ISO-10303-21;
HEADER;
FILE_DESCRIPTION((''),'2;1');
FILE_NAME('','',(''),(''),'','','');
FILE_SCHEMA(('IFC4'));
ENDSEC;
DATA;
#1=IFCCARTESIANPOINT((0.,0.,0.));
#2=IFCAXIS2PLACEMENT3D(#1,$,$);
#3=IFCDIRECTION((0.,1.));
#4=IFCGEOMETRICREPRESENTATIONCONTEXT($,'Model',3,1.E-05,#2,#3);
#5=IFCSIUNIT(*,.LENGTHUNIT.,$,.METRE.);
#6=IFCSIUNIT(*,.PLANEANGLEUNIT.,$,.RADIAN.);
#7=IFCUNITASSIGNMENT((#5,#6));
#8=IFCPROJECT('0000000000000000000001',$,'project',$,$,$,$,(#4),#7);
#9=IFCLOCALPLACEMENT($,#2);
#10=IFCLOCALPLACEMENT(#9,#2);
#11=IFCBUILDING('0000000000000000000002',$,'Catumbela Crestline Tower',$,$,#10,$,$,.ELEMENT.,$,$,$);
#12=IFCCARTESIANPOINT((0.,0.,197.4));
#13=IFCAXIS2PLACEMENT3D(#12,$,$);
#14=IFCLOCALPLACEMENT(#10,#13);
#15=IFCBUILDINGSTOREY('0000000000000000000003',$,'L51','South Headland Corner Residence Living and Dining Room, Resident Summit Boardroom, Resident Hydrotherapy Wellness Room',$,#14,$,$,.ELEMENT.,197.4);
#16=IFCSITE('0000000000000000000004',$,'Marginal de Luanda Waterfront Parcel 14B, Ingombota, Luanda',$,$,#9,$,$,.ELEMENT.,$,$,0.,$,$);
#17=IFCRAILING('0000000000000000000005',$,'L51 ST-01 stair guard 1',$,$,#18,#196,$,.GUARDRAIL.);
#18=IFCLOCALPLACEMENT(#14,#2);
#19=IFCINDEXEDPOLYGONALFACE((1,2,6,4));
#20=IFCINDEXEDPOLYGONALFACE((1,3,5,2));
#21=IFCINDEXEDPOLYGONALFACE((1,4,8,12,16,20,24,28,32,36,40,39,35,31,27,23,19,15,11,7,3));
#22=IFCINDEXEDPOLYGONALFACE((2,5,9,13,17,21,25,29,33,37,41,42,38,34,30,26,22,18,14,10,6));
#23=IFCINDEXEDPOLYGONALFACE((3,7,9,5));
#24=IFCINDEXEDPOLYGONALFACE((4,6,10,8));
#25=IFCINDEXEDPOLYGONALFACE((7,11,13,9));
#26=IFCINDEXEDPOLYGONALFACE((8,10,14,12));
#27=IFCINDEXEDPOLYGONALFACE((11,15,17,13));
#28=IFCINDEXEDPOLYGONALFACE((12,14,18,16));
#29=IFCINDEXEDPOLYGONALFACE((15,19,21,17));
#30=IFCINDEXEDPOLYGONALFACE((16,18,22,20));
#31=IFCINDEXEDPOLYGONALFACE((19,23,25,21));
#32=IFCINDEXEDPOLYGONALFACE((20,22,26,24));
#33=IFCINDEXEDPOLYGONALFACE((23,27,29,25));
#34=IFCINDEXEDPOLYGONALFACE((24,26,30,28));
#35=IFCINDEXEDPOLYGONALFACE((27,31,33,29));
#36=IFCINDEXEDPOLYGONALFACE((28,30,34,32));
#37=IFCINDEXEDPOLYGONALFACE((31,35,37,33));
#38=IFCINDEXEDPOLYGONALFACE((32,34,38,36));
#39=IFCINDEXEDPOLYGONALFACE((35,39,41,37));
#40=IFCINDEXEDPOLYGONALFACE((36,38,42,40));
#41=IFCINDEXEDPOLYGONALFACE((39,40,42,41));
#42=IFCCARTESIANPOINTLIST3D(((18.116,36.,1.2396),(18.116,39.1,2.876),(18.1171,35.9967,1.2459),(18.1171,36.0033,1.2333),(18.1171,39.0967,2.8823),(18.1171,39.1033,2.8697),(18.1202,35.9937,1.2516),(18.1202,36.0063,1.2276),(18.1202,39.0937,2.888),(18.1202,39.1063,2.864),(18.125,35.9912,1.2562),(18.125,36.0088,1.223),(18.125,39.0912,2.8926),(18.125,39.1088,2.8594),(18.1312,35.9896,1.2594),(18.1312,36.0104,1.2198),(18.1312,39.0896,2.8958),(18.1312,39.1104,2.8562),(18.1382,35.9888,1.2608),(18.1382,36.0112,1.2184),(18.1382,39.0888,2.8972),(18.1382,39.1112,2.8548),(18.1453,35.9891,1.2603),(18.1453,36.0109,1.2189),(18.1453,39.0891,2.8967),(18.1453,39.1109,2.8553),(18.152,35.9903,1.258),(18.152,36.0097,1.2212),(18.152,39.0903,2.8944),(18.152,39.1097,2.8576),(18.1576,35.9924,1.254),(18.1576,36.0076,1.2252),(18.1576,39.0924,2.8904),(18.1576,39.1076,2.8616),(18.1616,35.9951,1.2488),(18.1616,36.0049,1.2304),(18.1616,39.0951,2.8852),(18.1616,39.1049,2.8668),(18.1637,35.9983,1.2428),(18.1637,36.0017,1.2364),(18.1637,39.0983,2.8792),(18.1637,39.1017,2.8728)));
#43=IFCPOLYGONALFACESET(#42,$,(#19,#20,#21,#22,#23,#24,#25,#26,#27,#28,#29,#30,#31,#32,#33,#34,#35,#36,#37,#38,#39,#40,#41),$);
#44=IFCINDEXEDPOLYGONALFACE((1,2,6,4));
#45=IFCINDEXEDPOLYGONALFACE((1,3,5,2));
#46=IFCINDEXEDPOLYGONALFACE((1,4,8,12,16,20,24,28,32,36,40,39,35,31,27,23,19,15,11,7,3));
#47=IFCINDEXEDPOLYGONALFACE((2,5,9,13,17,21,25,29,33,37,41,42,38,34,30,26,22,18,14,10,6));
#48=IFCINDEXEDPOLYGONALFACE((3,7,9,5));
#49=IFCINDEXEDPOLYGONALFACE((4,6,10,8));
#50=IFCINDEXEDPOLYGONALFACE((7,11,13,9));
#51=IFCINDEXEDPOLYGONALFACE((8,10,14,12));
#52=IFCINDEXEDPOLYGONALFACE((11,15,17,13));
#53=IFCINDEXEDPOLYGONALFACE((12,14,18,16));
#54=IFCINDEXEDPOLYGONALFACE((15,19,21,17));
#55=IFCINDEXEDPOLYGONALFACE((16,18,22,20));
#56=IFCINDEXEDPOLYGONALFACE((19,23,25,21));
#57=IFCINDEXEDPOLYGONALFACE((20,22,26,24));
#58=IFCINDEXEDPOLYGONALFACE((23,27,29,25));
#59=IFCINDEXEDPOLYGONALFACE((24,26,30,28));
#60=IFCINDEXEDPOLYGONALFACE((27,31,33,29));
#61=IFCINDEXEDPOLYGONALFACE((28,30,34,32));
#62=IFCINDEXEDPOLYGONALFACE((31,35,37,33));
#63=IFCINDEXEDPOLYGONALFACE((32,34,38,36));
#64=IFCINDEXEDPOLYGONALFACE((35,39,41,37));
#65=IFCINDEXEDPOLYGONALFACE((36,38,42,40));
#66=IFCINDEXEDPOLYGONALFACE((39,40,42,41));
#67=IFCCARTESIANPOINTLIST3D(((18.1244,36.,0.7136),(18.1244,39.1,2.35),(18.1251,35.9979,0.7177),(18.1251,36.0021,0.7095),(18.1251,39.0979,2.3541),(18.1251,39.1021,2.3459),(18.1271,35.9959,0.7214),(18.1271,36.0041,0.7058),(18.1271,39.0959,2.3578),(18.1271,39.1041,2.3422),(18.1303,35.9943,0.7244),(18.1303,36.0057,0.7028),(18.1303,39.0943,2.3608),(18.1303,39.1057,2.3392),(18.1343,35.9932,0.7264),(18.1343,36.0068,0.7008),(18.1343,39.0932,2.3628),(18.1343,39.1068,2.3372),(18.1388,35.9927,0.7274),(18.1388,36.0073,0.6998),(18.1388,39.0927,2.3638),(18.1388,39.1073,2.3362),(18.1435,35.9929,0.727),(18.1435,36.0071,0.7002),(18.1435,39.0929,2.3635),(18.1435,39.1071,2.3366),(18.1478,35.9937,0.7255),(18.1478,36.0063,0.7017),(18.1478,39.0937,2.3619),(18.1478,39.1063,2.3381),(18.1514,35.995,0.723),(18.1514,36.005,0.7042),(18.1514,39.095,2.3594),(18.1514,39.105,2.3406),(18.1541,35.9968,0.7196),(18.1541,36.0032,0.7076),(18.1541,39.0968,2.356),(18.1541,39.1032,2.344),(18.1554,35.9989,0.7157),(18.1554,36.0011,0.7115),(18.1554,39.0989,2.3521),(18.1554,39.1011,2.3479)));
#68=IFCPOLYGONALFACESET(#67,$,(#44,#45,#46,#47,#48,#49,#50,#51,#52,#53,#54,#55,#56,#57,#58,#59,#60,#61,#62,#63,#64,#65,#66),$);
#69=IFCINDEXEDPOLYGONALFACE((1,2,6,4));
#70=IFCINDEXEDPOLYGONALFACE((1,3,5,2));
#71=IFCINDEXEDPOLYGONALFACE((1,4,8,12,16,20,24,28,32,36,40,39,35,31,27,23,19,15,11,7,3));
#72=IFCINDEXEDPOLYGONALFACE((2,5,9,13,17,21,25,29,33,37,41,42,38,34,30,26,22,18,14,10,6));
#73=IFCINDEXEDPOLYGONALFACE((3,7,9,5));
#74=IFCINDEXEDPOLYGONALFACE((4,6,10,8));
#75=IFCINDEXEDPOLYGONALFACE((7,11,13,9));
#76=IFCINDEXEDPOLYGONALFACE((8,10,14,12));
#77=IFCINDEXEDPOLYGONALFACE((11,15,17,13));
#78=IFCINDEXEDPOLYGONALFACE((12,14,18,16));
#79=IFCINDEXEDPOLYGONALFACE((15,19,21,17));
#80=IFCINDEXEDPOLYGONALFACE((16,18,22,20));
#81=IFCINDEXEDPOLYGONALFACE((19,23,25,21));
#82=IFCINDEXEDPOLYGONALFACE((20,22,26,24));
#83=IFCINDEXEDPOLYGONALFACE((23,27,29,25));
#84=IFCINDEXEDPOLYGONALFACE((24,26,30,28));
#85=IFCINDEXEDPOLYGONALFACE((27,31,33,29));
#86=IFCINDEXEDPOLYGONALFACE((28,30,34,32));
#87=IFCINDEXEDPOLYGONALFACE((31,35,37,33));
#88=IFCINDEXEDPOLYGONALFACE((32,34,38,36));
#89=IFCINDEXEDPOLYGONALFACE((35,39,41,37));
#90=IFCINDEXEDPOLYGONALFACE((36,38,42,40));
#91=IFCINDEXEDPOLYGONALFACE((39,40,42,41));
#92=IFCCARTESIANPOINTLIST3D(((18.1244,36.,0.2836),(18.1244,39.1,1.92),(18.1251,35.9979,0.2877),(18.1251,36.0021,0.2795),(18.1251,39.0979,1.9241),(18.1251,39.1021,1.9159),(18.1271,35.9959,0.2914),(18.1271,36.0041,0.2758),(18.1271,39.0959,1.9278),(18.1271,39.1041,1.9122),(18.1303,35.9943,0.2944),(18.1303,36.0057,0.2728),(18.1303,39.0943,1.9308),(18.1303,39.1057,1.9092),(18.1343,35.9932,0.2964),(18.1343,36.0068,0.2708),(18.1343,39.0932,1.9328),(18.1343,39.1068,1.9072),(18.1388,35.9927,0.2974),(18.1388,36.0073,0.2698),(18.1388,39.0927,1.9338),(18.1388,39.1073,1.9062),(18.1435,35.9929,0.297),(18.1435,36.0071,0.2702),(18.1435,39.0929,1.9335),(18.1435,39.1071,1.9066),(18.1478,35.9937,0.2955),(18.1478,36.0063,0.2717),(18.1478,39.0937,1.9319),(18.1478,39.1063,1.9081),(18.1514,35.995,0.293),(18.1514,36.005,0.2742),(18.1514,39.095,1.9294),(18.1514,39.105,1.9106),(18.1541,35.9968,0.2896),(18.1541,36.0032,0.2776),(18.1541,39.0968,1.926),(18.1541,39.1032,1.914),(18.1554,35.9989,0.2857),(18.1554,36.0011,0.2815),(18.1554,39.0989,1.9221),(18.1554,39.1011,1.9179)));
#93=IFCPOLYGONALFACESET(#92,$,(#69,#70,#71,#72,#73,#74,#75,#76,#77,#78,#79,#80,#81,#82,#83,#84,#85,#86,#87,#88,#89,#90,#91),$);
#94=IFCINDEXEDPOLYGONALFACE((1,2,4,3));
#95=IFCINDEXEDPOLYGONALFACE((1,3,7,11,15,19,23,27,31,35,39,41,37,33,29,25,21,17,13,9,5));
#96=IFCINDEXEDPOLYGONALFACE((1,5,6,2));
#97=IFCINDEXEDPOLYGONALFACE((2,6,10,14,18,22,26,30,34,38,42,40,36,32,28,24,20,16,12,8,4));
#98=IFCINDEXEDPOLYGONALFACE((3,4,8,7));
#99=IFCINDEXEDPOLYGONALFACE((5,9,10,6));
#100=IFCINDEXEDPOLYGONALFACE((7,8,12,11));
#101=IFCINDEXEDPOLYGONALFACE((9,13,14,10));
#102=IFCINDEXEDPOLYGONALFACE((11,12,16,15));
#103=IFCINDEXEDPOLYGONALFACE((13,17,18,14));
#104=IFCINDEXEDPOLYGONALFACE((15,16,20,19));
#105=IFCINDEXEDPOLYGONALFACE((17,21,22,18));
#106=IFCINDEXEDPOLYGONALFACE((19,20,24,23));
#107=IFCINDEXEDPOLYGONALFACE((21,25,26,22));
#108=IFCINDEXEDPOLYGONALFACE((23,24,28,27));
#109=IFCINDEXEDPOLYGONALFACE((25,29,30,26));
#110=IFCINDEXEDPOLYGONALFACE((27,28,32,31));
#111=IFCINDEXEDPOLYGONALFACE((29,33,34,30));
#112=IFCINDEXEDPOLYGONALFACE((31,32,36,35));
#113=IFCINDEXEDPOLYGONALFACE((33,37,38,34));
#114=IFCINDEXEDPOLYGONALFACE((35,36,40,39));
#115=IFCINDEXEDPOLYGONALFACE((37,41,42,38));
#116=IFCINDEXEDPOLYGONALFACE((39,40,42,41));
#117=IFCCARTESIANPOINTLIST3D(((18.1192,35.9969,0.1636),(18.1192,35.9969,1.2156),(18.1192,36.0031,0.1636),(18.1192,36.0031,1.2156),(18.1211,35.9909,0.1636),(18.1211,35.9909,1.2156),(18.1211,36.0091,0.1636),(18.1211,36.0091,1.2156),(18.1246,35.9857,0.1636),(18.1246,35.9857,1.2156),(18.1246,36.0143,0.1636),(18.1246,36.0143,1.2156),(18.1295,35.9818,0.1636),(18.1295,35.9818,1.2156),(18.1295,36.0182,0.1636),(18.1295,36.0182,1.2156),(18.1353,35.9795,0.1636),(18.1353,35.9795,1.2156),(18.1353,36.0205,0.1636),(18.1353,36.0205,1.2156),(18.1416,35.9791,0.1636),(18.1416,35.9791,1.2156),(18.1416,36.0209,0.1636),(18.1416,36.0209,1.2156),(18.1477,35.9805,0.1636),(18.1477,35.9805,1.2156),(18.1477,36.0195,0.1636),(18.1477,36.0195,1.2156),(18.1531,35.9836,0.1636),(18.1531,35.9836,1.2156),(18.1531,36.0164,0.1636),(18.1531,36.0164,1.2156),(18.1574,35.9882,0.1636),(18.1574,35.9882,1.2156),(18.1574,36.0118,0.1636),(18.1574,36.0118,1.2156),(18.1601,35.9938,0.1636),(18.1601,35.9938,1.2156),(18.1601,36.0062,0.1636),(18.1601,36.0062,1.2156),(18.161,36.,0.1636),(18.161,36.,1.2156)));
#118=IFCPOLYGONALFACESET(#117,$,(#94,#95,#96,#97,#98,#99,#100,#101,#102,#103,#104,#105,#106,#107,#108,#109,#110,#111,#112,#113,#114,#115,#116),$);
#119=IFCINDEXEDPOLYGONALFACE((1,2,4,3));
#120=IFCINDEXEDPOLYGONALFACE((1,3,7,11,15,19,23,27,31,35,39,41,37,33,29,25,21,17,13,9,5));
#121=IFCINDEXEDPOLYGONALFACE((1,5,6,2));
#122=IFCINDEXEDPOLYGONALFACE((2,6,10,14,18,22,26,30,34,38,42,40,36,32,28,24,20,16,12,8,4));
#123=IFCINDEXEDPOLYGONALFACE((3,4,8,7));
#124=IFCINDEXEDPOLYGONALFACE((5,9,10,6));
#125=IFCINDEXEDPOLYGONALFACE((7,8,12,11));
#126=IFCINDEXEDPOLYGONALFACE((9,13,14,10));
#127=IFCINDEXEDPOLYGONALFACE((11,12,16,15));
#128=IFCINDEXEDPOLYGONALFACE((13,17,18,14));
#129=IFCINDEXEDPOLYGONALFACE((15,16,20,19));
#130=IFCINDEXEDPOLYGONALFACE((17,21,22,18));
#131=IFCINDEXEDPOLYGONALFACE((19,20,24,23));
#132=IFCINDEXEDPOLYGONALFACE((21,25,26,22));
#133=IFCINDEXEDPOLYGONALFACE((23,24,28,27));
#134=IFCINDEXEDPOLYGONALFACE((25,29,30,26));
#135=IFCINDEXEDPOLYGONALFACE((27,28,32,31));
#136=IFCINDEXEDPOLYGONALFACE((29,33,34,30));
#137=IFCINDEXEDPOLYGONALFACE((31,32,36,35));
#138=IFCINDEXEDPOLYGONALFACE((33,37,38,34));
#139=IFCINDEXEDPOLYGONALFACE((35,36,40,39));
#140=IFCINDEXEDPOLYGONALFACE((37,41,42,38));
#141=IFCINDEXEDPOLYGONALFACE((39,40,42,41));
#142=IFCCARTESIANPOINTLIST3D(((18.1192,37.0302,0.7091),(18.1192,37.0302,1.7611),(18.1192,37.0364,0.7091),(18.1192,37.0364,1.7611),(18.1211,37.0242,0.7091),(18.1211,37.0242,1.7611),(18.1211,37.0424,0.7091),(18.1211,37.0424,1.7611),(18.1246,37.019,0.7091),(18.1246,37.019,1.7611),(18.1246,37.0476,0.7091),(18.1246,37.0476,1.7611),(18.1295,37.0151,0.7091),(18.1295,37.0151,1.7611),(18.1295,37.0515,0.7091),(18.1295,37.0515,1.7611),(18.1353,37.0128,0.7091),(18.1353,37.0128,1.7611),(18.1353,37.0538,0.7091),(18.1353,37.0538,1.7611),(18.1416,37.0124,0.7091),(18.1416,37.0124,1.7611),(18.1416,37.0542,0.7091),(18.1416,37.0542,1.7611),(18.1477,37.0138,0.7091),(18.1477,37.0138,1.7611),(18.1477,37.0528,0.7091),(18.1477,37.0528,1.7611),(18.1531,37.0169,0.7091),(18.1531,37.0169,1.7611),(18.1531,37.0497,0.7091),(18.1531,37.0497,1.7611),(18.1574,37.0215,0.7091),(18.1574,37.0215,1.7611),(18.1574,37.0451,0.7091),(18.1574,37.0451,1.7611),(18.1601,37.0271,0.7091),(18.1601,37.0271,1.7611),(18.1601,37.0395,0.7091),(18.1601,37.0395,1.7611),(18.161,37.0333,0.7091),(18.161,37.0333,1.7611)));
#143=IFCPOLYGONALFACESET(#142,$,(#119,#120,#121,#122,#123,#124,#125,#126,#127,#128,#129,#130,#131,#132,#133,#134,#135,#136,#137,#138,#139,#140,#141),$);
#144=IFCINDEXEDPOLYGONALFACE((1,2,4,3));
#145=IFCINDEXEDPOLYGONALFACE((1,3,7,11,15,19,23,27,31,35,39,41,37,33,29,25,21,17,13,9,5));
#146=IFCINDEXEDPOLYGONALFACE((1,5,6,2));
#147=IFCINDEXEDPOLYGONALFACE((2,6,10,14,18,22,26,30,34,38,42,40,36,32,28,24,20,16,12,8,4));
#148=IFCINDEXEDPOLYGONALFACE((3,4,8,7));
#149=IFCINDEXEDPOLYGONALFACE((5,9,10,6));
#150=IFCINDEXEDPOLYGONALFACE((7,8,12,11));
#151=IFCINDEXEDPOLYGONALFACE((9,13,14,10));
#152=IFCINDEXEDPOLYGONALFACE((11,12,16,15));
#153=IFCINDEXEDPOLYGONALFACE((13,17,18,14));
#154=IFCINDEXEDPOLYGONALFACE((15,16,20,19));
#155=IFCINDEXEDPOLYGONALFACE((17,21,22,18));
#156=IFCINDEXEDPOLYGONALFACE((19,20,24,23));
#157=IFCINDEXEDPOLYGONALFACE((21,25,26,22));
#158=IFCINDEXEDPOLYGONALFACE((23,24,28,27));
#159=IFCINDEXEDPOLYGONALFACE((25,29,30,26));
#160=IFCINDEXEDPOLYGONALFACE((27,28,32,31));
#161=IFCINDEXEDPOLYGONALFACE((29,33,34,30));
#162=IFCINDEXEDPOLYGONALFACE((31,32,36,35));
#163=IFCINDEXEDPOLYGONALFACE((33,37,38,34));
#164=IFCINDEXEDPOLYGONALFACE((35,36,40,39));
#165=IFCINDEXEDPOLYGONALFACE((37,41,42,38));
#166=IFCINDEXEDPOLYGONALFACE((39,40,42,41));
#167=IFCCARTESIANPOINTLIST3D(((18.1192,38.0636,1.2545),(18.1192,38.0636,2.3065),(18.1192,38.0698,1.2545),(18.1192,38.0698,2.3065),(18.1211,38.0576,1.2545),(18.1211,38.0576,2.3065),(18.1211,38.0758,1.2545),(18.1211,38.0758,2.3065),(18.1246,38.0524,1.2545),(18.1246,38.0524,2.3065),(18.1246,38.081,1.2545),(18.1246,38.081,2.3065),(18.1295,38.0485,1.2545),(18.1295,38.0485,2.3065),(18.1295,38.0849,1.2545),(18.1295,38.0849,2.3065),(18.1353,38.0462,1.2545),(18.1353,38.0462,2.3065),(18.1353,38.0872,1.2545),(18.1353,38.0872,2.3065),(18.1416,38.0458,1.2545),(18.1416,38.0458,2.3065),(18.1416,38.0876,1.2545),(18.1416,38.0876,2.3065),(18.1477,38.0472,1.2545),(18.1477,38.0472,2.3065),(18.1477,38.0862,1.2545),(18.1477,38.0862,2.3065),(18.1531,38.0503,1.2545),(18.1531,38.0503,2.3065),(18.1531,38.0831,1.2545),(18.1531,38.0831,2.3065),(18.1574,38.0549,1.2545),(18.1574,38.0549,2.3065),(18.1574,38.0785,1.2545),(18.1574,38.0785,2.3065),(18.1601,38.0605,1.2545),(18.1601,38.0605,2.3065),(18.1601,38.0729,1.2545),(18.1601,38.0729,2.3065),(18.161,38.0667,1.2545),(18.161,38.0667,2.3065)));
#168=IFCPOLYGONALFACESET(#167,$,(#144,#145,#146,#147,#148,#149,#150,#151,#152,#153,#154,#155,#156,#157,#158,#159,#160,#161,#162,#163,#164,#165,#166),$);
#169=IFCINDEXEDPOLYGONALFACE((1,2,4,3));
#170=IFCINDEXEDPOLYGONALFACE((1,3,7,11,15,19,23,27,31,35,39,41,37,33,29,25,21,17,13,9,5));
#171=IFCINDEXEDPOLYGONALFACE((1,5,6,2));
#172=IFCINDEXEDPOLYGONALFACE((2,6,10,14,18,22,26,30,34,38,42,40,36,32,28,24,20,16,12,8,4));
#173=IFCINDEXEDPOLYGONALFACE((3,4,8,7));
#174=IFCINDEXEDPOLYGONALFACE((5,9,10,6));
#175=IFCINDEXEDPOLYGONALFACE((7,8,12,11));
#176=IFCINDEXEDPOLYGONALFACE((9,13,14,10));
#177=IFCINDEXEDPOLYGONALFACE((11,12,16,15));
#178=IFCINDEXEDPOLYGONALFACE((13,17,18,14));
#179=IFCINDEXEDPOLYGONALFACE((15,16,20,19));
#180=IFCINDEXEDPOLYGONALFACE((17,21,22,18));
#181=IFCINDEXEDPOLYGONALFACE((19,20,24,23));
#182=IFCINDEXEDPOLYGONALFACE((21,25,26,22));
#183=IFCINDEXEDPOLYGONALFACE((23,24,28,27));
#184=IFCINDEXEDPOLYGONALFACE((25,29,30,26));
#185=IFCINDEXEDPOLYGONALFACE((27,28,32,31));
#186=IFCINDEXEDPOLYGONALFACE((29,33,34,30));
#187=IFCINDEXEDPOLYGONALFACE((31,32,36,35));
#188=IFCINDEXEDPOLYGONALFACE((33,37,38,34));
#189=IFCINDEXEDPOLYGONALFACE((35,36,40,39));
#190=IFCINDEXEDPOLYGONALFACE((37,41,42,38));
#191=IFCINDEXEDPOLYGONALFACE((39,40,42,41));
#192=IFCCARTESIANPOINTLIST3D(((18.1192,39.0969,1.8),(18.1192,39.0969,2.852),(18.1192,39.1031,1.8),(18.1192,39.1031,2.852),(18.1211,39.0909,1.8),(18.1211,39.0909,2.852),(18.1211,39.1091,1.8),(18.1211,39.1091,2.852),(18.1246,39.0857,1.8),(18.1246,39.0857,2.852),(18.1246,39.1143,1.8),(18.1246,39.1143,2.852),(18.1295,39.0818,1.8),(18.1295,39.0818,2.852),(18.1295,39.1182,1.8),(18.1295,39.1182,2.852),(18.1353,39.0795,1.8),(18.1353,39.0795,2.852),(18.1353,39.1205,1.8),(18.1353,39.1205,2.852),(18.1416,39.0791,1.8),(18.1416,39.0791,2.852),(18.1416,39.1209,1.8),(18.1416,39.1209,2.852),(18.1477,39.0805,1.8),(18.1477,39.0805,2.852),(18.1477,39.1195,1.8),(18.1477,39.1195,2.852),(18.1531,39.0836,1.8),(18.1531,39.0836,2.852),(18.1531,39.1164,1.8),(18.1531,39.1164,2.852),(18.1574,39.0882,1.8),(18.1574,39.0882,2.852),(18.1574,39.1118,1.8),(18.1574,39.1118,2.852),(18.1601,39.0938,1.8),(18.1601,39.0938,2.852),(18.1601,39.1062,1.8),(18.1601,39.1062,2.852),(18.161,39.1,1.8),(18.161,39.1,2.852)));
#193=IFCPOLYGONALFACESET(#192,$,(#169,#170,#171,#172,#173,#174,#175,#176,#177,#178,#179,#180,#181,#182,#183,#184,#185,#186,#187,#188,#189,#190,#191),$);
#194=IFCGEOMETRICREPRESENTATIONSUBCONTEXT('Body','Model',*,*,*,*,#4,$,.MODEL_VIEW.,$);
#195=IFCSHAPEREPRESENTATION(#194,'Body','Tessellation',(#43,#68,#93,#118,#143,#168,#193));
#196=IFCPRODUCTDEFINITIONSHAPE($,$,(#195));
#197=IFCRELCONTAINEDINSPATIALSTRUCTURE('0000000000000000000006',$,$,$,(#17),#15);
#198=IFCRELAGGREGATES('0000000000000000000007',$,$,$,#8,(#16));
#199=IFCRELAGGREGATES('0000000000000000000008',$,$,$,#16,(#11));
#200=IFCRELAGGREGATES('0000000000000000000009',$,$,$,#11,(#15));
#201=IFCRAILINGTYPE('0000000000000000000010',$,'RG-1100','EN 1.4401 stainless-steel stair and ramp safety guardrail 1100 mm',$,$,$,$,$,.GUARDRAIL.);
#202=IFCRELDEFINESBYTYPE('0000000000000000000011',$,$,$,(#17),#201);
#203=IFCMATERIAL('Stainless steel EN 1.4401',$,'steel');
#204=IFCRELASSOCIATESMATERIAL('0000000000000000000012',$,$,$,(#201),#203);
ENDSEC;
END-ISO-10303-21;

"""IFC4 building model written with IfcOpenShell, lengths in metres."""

from ifc_helpers import new_model, si_unit, direction, frame, origin, origin_2d, place, context, subcontext, project, spatial, circle, extrude, material, type_object, element, save


model = new_model("IFC4")

# Units and contexts
model_context = context("Model", 3, precision=1e-05, world=origin(), true_north=direction((0.0, 1.0)))
body_context = subcontext(model_context, "Body", "Model", "MODEL_VIEW")
ifc_project = project(units=[si_unit("LENGTHUNIT", "METRE"), si_unit("PLANEANGLEUNIT", "RADIAN")], contexts=[model_context])

# Site, building, storey
site_placement = place(None, origin())
site = spatial("IfcSite", under=ifc_project, at=site_placement, Name="Marginal de Luanda Waterfront Parcel 14B, Ingombota, Luanda", CompositionType="ELEMENT", RefElevation=0.0)
building_placement = place(site_placement, origin())
building = spatial("IfcBuilding", under=site, at=building_placement, Name="Catumbela Crestline Tower", CompositionType="ELEMENT")
storey_placement = place(building_placement, frame((0.0, 0.0, 197.4)))
storey = spatial("IfcBuildingStorey", under=building, at=storey_placement, Name="L51", Description="South Headland Corner Residence Living and Dining Room, Resident Summit Boardroom, Resident Hydrotherapy Wellness Room", CompositionType="ELEMENT", Elevation=197.4)

# Shared definitions
ifc_material_1 = material(Name="Stainless steel EN 1.4401", Category="steel")

# Railing
railing_type_1 = type_object("IfcRailingType", Name="RG-1100", Description="EN 1.4401 stainless-steel stair and ramp safety guardrail 1100 mm", PredefinedType="GUARDRAIL", material=ifc_material_1)
railing_1_placement = place(storey_placement, frame((18.14, 36.0, 0.1636)))
element("IfcRailing", 1, at=railing_1_placement, inside=storey, type_object=railing_type_1, Name="L51 ST-01 stair guard 1", PredefinedType="GUARDRAIL", context=body_context, shape_type="SweptSolid", body=[
    extrude(circle(Radius=0.024, at=origin_2d()), frame((0.0, 0.0, 1.076), z_axis=(0.0, 0.884351, 0.466823), x_axis=(-1.0, 0.0, 0.0)), (0.0, 0.0, 1.0), 3.5054),
    extrude(circle(Radius=0.0156, at=origin_2d()), frame((0.0, 0.0, 0.55), z_axis=(0.0, 0.884351, 0.466823), x_axis=(-1.0, 0.0, 0.0)), (0.0, 0.0, 1.0), 3.5054),
    extrude(circle(Radius=0.0156, at=origin_2d()), frame((0.0, 0.0, 0.12), z_axis=(0.0, 0.884351, 0.466823), x_axis=(-1.0, 0.0, 0.0)), (0.0, 0.0, 1.0), 3.5054),
    extrude(circle(Radius=0.021, at=origin_2d()), origin(), (0.0, 0.0, 1.0), 1.052),
    extrude(circle(Radius=0.021, at=origin_2d()), frame((0.0, 1.0333, 0.5455)), (0.0, 0.0, 1.0), 1.052),
    extrude(circle(Radius=0.021, at=origin_2d()), frame((0.0, 2.0667, 1.0909)), (0.0, 0.0, 1.0), 1.052),
    extrude(circle(Radius=0.021, at=origin_2d()), frame((0.0, 3.1, 1.6364)), (0.0, 0.0, 1.0), 1.052),
])

save(model, "model.ifc")
